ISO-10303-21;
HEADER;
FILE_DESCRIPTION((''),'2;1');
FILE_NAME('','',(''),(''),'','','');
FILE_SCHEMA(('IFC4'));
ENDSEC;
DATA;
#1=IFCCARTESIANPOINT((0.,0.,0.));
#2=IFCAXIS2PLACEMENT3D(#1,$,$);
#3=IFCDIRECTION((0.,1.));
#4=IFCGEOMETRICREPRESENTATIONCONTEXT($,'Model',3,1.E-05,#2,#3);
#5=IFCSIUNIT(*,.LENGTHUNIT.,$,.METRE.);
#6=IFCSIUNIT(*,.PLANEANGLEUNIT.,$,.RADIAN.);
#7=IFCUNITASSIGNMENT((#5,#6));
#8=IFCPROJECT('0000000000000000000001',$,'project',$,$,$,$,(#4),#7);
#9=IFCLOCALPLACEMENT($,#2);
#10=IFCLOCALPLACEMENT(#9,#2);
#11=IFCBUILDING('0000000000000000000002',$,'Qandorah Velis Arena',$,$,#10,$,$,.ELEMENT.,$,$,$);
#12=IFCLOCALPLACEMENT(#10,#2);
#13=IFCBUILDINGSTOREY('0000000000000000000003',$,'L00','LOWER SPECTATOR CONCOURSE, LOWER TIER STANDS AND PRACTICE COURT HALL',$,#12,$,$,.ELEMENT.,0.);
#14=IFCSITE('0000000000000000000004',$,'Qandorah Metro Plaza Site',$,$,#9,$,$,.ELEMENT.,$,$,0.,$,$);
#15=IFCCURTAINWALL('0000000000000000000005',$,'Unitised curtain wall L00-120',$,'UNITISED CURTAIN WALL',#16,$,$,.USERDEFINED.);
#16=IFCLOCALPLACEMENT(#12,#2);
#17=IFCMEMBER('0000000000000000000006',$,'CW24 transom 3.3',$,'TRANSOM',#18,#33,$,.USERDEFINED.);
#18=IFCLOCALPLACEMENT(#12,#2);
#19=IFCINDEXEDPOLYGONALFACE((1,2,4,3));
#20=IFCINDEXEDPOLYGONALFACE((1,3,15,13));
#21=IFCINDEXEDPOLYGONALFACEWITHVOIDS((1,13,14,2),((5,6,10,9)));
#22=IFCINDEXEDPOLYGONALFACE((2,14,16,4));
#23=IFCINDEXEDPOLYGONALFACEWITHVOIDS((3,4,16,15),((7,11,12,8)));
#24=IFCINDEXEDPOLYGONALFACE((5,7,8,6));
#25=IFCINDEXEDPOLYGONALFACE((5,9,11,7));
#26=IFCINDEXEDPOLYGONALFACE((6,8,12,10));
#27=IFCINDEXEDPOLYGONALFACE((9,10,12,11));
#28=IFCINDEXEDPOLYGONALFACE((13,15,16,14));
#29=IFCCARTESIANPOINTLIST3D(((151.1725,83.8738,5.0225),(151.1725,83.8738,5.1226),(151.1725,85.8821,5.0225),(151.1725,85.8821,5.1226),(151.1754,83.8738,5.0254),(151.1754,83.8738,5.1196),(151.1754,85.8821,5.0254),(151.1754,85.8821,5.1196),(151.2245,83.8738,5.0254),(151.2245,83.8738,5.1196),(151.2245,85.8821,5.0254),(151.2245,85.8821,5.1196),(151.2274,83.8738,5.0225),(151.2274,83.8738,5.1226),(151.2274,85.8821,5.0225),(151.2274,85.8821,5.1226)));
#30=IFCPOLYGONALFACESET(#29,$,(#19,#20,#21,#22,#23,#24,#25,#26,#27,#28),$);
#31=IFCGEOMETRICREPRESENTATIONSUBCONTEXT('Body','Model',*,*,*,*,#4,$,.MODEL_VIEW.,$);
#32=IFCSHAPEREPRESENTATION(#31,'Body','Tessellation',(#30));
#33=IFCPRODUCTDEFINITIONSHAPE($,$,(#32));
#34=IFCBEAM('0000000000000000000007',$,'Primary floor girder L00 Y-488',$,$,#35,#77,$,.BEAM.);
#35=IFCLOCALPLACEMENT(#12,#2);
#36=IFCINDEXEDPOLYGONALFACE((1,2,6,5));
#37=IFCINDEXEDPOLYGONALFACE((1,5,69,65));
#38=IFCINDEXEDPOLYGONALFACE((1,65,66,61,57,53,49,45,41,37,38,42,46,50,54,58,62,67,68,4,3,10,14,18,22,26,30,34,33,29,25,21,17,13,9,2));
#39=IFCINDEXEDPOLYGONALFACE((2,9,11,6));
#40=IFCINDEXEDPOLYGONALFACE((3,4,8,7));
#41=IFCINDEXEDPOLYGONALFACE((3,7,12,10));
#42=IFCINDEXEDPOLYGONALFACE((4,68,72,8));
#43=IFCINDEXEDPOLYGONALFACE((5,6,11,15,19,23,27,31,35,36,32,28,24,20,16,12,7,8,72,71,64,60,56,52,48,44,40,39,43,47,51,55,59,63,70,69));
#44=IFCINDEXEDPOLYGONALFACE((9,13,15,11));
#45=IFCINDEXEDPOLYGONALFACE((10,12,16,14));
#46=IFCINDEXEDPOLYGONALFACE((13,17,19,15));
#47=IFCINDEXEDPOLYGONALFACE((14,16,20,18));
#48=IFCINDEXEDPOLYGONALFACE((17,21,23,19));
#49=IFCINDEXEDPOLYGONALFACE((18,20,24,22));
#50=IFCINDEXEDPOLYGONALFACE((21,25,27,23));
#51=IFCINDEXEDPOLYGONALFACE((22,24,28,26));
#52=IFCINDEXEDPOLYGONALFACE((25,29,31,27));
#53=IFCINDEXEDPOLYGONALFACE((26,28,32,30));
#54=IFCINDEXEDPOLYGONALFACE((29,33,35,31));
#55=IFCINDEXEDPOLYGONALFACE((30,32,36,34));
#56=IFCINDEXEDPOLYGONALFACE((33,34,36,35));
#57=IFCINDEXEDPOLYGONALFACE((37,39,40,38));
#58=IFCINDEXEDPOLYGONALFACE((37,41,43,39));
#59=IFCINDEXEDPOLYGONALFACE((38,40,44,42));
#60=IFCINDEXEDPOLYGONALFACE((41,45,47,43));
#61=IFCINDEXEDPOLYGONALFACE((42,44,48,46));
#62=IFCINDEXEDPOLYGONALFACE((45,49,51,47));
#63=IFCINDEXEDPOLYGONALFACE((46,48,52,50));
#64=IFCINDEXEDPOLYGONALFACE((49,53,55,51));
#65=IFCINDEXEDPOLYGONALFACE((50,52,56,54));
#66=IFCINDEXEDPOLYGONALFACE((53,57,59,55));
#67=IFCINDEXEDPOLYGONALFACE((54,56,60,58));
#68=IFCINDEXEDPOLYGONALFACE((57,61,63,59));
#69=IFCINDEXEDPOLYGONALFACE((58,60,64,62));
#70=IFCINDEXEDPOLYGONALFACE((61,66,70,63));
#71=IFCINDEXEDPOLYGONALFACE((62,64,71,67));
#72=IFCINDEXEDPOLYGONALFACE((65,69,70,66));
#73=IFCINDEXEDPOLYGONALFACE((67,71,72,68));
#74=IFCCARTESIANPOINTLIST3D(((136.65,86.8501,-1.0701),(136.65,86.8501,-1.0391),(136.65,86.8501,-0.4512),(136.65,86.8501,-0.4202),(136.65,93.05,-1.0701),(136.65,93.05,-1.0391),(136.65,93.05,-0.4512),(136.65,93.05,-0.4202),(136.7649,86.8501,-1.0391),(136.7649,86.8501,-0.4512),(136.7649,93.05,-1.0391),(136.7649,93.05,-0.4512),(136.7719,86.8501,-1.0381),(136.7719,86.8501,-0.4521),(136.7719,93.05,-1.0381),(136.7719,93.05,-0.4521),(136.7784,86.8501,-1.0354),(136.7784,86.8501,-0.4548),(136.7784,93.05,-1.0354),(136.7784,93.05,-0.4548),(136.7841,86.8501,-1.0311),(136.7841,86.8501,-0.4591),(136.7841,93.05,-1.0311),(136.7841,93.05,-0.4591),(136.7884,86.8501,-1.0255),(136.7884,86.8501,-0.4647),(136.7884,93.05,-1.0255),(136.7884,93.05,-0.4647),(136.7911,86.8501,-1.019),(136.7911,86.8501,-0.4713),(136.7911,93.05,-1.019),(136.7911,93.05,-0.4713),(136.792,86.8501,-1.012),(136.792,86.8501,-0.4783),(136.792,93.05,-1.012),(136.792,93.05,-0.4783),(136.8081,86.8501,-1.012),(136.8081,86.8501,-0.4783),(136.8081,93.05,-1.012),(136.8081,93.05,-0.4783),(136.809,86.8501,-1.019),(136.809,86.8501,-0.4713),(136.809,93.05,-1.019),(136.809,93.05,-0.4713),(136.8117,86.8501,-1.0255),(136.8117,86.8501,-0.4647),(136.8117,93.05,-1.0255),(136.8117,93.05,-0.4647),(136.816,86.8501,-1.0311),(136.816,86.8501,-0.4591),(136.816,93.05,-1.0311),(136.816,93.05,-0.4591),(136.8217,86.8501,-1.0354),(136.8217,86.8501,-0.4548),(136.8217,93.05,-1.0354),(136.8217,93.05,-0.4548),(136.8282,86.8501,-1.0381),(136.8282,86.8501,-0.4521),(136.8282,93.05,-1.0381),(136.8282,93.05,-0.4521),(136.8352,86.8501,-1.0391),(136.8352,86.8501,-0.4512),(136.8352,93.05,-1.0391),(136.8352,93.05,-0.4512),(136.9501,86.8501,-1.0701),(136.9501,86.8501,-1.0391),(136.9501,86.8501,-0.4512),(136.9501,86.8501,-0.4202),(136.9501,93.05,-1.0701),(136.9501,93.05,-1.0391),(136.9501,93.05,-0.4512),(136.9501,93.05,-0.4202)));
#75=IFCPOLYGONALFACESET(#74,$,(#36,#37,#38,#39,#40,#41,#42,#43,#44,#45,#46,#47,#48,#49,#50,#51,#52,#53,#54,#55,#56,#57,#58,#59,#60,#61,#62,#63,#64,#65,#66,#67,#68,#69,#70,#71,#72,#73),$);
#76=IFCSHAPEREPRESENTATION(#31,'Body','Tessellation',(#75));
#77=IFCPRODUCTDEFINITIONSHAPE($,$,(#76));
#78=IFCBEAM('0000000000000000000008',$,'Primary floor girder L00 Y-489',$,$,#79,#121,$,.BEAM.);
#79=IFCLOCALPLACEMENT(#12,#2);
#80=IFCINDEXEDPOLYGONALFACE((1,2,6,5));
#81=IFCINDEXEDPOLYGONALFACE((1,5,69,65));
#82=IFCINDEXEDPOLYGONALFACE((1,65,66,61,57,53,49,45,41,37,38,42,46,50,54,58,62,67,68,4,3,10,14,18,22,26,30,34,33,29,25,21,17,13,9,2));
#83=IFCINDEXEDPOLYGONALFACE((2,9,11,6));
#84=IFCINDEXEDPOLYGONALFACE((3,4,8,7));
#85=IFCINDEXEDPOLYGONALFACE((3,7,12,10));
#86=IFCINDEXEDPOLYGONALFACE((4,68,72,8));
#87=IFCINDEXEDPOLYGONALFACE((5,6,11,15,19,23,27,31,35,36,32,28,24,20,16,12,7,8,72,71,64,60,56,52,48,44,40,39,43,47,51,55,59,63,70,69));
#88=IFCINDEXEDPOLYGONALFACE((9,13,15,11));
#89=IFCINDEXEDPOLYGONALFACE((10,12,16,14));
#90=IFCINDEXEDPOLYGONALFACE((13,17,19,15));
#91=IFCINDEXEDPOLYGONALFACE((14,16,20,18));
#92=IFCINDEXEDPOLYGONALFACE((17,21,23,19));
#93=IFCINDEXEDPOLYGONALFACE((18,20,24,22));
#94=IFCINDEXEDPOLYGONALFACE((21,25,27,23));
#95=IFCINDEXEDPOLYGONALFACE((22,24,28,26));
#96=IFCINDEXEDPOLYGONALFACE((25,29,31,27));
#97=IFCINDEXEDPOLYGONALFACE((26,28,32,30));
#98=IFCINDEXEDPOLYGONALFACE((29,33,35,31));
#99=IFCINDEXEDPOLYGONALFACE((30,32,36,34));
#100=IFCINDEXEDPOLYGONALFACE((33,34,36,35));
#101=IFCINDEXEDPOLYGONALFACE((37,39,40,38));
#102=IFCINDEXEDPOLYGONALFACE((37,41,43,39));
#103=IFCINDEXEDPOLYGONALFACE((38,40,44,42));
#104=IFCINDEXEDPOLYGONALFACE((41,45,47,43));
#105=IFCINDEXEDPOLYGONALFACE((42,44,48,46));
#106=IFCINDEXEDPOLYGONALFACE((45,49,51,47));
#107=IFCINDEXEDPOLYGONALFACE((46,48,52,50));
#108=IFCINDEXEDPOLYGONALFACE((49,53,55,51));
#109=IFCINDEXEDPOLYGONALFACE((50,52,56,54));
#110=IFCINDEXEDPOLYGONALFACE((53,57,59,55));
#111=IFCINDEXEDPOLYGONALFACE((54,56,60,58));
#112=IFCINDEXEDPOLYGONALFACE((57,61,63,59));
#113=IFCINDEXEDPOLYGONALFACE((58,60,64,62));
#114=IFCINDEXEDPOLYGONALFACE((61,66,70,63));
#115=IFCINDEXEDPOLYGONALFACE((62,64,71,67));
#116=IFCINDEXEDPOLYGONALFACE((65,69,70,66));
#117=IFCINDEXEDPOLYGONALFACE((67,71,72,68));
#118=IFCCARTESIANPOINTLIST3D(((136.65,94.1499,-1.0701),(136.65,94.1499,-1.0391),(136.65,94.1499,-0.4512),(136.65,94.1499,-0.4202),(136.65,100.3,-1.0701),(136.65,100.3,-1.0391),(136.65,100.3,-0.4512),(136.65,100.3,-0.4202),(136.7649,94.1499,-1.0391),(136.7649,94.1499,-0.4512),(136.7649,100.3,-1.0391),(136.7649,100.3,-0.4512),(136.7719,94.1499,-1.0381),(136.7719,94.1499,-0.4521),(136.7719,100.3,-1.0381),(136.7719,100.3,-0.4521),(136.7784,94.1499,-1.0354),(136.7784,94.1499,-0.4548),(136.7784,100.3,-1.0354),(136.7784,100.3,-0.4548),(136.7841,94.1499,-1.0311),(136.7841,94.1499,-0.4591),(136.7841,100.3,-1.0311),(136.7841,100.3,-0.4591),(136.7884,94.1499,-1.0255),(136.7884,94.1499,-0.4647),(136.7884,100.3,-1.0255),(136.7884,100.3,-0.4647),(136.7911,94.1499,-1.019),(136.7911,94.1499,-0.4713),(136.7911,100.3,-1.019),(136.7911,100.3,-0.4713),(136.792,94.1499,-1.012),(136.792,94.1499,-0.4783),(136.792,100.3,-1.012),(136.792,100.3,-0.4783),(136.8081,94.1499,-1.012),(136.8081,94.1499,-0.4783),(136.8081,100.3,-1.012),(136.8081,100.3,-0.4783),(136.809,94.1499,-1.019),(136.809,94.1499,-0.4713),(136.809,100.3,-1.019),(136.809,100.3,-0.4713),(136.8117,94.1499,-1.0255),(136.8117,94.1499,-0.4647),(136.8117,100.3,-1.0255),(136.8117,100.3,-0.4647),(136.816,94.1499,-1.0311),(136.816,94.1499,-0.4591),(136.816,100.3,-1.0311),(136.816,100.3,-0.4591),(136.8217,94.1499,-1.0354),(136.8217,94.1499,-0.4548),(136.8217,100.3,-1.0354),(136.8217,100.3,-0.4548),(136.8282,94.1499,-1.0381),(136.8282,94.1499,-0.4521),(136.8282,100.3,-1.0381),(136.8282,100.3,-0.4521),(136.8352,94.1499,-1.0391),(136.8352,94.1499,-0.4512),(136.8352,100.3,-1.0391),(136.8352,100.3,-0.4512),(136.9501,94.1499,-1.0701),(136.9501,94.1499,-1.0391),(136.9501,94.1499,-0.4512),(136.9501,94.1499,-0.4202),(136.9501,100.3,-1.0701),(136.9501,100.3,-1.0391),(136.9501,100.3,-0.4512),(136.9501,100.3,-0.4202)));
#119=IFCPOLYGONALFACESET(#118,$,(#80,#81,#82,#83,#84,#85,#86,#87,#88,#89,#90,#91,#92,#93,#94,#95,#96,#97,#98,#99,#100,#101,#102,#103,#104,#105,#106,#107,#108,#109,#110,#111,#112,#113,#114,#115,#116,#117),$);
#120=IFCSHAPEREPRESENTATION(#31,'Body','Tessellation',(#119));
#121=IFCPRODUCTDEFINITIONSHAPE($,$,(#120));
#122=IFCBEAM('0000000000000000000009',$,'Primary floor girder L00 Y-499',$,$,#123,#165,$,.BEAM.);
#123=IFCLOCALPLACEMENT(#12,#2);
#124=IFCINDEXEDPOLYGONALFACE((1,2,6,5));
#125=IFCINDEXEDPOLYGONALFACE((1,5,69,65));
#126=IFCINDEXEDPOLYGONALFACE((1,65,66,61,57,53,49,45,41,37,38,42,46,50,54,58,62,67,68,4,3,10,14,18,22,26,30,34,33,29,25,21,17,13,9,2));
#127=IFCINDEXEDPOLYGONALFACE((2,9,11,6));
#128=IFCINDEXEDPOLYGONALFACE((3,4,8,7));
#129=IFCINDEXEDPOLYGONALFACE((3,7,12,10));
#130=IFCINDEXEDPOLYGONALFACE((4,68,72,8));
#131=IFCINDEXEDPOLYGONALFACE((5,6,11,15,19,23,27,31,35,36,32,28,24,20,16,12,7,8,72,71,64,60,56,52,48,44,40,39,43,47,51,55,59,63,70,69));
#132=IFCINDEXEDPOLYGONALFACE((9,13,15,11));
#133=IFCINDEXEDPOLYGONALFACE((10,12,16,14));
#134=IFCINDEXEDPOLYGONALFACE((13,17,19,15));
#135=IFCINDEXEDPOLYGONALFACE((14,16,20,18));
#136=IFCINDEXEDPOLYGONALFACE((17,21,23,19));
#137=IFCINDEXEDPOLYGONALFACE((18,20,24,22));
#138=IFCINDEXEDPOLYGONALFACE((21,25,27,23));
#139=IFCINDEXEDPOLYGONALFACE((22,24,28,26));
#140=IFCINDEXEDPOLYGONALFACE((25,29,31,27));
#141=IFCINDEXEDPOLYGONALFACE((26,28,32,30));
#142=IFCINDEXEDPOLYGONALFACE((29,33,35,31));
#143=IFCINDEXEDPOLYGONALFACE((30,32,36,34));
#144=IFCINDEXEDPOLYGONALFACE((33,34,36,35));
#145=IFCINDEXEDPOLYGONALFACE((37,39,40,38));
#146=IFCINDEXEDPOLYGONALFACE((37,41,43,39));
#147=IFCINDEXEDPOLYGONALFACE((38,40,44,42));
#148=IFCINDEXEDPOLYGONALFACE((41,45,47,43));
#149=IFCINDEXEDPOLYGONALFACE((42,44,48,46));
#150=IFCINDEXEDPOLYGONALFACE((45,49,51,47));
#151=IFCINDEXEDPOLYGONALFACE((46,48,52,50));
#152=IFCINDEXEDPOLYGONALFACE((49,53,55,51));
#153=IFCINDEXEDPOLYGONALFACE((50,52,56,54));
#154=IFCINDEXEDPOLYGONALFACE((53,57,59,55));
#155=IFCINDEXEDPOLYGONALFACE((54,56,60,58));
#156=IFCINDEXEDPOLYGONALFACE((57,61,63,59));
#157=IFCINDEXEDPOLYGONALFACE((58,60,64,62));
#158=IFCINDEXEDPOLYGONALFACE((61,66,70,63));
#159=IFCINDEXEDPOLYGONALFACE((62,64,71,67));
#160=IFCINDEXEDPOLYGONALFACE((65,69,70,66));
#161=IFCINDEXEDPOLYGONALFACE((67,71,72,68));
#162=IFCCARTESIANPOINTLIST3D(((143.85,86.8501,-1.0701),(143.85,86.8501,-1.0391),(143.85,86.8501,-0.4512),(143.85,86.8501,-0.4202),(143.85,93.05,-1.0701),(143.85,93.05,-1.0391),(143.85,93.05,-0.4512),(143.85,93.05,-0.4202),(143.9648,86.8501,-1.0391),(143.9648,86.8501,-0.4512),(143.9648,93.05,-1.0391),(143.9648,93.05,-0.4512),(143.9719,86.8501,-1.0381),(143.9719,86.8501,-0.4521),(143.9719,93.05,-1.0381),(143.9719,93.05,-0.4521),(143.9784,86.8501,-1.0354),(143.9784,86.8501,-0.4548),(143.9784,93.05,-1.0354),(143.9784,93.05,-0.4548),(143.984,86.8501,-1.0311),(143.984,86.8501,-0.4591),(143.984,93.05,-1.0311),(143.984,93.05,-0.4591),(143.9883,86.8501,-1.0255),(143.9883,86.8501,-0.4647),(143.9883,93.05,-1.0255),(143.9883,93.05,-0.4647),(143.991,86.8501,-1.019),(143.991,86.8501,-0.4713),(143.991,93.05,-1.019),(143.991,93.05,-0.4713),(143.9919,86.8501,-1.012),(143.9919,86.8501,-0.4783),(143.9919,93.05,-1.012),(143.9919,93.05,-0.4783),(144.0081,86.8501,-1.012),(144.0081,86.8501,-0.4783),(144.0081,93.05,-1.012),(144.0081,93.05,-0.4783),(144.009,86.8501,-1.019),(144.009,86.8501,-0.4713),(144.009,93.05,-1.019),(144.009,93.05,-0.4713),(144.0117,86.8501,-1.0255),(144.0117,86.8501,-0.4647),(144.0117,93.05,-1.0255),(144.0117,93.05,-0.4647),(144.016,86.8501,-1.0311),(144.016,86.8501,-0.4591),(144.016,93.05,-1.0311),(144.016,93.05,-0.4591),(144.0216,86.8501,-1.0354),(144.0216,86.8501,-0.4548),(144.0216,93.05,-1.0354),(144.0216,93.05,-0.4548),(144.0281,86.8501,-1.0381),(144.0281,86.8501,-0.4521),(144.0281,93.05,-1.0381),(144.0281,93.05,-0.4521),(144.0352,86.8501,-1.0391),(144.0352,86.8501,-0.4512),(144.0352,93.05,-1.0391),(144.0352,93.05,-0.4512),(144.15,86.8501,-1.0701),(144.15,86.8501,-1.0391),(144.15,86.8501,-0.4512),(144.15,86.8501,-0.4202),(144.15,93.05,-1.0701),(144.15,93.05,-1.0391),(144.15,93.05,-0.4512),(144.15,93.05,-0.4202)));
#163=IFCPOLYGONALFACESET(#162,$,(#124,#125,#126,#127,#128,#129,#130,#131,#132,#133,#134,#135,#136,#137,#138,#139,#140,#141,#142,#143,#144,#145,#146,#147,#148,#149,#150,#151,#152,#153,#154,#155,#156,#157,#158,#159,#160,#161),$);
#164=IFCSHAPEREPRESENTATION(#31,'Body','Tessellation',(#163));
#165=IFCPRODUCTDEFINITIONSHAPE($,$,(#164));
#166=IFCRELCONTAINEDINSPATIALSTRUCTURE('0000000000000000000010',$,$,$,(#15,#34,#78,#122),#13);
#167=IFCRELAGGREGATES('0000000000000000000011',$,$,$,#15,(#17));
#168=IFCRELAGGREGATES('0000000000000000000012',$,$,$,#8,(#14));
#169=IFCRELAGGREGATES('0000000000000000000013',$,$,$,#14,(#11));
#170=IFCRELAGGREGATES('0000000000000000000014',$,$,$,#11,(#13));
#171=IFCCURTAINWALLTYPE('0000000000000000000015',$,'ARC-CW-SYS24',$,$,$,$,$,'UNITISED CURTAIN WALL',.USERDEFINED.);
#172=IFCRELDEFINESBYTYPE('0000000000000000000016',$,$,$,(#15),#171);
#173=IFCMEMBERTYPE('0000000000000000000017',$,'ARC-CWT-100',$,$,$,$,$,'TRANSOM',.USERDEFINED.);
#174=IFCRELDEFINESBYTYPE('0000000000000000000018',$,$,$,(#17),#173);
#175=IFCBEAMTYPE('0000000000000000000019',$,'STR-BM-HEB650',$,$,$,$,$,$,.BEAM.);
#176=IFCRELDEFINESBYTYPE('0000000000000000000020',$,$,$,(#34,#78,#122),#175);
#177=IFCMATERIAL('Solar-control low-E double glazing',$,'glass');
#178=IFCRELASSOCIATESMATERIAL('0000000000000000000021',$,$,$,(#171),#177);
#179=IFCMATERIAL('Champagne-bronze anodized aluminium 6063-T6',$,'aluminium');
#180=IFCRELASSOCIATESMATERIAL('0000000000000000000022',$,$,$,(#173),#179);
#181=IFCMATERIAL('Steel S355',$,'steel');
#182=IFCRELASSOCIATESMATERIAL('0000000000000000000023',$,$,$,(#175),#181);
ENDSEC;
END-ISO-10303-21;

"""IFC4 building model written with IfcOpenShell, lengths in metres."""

from ifc_helpers import new_model, si_unit, direction, frame, origin, origin_2d, place, context, subcontext, project, spatial, hollow_rectangle, i_section, extrude, material, material_profile, profile_set, type_object, element, aggregate, save


model = new_model("IFC4")

# Units and contexts
model_context = context("Model", 3, precision=1e-05, world=origin(), true_north=direction((0.0, 1.0)))
body_context = subcontext(model_context, "Body", "Model", "MODEL_VIEW")
ifc_project = project(units=[si_unit("LENGTHUNIT", "METRE"), si_unit("PLANEANGLEUNIT", "RADIAN")], contexts=[model_context])

# Site, building, storey
site_placement = place(None, origin())
site = spatial("IfcSite", under=ifc_project, at=site_placement, Name="Qandorah Metro Plaza Site", CompositionType="ELEMENT", RefElevation=0.0)
building_placement = place(site_placement, origin())
building = spatial("IfcBuilding", under=site, at=building_placement, Name="Qandorah Velis Arena", CompositionType="ELEMENT")
storey_placement = place(building_placement, origin())
storey = spatial("IfcBuildingStorey", under=building, at=storey_placement, Name="L00", Description="LOWER SPECTATOR CONCOURSE, LOWER TIER STANDS AND PRACTICE COURT HALL", CompositionType="ELEMENT", Elevation=0.0)

# Curtain wall, member
ifc_material_1 = material(Name="Solar-control low-E double glazing", Category="glass")
curtain_wall_type = type_object("IfcCurtainWallType", Name="ARC-CW-SYS24", ElementType="UNITISED CURTAIN WALL", PredefinedType="USERDEFINED", material=ifc_material_1)
curtain_wall_placement = place(storey_placement, origin())
curtain_wall = element("IfcCurtainWall", 1, at=curtain_wall_placement, inside=storey, type_object=curtain_wall_type, Name="Unitised curtain wall L00-120", ObjectType="UNITISED CURTAIN WALL", PredefinedType="USERDEFINED")
ifc_material_2 = material(Name="Champagne-bronze anodized aluminium 6063-T6", Category="aluminium")
ifc_material_profile_1 = material_profile(ifc_material_2, hollow_rectangle(XDim=0.0549, YDim=0.1001, WallThickness=0.0029, at=origin_2d()), Name="ALU TRANSOM 55x100")
ifc_profile_set_1 = profile_set([ifc_material_profile_1], Name="Champagne-bronze anodized aluminium 6063-T6")
member_type_1 = type_object("IfcMemberType", Name="ARC-CWT-100", ElementType="TRANSOM", PredefinedType="USERDEFINED", material=ifc_profile_set_1)
member_1_placement = place(storey_placement, frame((151.2, 83.8738, 5.0725), z_axis=(0.0, 1.0, 0.0), x_axis=(-1.0, 0.0, 0.0)))
member_1 = element("IfcMember", 2, at=member_1_placement, type_object=member_type_1, Name="CW24 transom 3.3", ObjectType="TRANSOM", PredefinedType="USERDEFINED", context=body_context, shape_type="SweptSolid", body=[
    extrude(hollow_rectangle(XDim=0.0549, YDim=0.1001, WallThickness=0.0029, at=origin_2d()), origin(), (0.0, 0.0, 1.0), 2.0083),
])

# Beams
ifc_material_3 = material(Name="Steel S355", Category="steel")
ifc_material_profile_2 = material_profile(ifc_material_3, i_section(OverallWidth=0.3, OverallDepth=0.6499, WebThickness=0.0161, FlangeThickness=0.031, FilletRadius=0.0271, at=origin_2d()), Name="HEB 650")
ifc_profile_set_2 = profile_set([ifc_material_profile_2], Name="Steel S355")
beam_type_1 = type_object("IfcBeamType", Name="STR-BM-HEB650", PredefinedType="BEAM", material=ifc_profile_set_2)
beam_1_placement = place(storey_placement, frame((136.8, 86.8501, -0.7451), z_axis=(0.0, 1.0, 0.0), x_axis=(-1.0, 0.0, 0.0)))
element("IfcBeam", 3, at=beam_1_placement, inside=storey, type_object=beam_type_1, Name="Primary floor girder L00 Y-488", PredefinedType="BEAM", context=body_context, shape_type="SweptSolid", body=[
    extrude(i_section(OverallWidth=0.3, OverallDepth=0.6499, WebThickness=0.0161, FlangeThickness=0.031, FilletRadius=0.0271, at=origin_2d()), origin(), (0.0, 0.0, 1.0), 6.2),
])
beam_2_placement = place(storey_placement, frame((136.8, 94.1499, -0.7451), z_axis=(0.0, 1.0, 0.0), x_axis=(-1.0, 0.0, 0.0)))
element("IfcBeam", 4, at=beam_2_placement, inside=storey, type_object=beam_type_1, Name="Primary floor girder L00 Y-489", PredefinedType="BEAM", context=body_context, shape_type="SweptSolid", body=[
    extrude(i_section(OverallWidth=0.3, OverallDepth=0.6499, WebThickness=0.0161, FlangeThickness=0.031, FilletRadius=0.0271, at=origin_2d()), origin(), (0.0, 0.0, 1.0), 6.1501),
])
beam_3_placement = place(storey_placement, frame((144.0, 86.8501, -0.7451), z_axis=(0.0, 1.0, 0.0), x_axis=(-1.0, 0.0, 0.0)))
element("IfcBeam", 5, at=beam_3_placement, inside=storey, type_object=beam_type_1, Name="Primary floor girder L00 Y-499", PredefinedType="BEAM", context=body_context, shape_type="SweptSolid", body=[
    extrude(i_section(OverallWidth=0.3, OverallDepth=0.6499, WebThickness=0.0161, FlangeThickness=0.031, FilletRadius=0.0271, at=origin_2d()), origin(), (0.0, 0.0, 1.0), 6.2),
])

aggregate(curtain_wall, [member_1])

save(model, "model.ifc")
